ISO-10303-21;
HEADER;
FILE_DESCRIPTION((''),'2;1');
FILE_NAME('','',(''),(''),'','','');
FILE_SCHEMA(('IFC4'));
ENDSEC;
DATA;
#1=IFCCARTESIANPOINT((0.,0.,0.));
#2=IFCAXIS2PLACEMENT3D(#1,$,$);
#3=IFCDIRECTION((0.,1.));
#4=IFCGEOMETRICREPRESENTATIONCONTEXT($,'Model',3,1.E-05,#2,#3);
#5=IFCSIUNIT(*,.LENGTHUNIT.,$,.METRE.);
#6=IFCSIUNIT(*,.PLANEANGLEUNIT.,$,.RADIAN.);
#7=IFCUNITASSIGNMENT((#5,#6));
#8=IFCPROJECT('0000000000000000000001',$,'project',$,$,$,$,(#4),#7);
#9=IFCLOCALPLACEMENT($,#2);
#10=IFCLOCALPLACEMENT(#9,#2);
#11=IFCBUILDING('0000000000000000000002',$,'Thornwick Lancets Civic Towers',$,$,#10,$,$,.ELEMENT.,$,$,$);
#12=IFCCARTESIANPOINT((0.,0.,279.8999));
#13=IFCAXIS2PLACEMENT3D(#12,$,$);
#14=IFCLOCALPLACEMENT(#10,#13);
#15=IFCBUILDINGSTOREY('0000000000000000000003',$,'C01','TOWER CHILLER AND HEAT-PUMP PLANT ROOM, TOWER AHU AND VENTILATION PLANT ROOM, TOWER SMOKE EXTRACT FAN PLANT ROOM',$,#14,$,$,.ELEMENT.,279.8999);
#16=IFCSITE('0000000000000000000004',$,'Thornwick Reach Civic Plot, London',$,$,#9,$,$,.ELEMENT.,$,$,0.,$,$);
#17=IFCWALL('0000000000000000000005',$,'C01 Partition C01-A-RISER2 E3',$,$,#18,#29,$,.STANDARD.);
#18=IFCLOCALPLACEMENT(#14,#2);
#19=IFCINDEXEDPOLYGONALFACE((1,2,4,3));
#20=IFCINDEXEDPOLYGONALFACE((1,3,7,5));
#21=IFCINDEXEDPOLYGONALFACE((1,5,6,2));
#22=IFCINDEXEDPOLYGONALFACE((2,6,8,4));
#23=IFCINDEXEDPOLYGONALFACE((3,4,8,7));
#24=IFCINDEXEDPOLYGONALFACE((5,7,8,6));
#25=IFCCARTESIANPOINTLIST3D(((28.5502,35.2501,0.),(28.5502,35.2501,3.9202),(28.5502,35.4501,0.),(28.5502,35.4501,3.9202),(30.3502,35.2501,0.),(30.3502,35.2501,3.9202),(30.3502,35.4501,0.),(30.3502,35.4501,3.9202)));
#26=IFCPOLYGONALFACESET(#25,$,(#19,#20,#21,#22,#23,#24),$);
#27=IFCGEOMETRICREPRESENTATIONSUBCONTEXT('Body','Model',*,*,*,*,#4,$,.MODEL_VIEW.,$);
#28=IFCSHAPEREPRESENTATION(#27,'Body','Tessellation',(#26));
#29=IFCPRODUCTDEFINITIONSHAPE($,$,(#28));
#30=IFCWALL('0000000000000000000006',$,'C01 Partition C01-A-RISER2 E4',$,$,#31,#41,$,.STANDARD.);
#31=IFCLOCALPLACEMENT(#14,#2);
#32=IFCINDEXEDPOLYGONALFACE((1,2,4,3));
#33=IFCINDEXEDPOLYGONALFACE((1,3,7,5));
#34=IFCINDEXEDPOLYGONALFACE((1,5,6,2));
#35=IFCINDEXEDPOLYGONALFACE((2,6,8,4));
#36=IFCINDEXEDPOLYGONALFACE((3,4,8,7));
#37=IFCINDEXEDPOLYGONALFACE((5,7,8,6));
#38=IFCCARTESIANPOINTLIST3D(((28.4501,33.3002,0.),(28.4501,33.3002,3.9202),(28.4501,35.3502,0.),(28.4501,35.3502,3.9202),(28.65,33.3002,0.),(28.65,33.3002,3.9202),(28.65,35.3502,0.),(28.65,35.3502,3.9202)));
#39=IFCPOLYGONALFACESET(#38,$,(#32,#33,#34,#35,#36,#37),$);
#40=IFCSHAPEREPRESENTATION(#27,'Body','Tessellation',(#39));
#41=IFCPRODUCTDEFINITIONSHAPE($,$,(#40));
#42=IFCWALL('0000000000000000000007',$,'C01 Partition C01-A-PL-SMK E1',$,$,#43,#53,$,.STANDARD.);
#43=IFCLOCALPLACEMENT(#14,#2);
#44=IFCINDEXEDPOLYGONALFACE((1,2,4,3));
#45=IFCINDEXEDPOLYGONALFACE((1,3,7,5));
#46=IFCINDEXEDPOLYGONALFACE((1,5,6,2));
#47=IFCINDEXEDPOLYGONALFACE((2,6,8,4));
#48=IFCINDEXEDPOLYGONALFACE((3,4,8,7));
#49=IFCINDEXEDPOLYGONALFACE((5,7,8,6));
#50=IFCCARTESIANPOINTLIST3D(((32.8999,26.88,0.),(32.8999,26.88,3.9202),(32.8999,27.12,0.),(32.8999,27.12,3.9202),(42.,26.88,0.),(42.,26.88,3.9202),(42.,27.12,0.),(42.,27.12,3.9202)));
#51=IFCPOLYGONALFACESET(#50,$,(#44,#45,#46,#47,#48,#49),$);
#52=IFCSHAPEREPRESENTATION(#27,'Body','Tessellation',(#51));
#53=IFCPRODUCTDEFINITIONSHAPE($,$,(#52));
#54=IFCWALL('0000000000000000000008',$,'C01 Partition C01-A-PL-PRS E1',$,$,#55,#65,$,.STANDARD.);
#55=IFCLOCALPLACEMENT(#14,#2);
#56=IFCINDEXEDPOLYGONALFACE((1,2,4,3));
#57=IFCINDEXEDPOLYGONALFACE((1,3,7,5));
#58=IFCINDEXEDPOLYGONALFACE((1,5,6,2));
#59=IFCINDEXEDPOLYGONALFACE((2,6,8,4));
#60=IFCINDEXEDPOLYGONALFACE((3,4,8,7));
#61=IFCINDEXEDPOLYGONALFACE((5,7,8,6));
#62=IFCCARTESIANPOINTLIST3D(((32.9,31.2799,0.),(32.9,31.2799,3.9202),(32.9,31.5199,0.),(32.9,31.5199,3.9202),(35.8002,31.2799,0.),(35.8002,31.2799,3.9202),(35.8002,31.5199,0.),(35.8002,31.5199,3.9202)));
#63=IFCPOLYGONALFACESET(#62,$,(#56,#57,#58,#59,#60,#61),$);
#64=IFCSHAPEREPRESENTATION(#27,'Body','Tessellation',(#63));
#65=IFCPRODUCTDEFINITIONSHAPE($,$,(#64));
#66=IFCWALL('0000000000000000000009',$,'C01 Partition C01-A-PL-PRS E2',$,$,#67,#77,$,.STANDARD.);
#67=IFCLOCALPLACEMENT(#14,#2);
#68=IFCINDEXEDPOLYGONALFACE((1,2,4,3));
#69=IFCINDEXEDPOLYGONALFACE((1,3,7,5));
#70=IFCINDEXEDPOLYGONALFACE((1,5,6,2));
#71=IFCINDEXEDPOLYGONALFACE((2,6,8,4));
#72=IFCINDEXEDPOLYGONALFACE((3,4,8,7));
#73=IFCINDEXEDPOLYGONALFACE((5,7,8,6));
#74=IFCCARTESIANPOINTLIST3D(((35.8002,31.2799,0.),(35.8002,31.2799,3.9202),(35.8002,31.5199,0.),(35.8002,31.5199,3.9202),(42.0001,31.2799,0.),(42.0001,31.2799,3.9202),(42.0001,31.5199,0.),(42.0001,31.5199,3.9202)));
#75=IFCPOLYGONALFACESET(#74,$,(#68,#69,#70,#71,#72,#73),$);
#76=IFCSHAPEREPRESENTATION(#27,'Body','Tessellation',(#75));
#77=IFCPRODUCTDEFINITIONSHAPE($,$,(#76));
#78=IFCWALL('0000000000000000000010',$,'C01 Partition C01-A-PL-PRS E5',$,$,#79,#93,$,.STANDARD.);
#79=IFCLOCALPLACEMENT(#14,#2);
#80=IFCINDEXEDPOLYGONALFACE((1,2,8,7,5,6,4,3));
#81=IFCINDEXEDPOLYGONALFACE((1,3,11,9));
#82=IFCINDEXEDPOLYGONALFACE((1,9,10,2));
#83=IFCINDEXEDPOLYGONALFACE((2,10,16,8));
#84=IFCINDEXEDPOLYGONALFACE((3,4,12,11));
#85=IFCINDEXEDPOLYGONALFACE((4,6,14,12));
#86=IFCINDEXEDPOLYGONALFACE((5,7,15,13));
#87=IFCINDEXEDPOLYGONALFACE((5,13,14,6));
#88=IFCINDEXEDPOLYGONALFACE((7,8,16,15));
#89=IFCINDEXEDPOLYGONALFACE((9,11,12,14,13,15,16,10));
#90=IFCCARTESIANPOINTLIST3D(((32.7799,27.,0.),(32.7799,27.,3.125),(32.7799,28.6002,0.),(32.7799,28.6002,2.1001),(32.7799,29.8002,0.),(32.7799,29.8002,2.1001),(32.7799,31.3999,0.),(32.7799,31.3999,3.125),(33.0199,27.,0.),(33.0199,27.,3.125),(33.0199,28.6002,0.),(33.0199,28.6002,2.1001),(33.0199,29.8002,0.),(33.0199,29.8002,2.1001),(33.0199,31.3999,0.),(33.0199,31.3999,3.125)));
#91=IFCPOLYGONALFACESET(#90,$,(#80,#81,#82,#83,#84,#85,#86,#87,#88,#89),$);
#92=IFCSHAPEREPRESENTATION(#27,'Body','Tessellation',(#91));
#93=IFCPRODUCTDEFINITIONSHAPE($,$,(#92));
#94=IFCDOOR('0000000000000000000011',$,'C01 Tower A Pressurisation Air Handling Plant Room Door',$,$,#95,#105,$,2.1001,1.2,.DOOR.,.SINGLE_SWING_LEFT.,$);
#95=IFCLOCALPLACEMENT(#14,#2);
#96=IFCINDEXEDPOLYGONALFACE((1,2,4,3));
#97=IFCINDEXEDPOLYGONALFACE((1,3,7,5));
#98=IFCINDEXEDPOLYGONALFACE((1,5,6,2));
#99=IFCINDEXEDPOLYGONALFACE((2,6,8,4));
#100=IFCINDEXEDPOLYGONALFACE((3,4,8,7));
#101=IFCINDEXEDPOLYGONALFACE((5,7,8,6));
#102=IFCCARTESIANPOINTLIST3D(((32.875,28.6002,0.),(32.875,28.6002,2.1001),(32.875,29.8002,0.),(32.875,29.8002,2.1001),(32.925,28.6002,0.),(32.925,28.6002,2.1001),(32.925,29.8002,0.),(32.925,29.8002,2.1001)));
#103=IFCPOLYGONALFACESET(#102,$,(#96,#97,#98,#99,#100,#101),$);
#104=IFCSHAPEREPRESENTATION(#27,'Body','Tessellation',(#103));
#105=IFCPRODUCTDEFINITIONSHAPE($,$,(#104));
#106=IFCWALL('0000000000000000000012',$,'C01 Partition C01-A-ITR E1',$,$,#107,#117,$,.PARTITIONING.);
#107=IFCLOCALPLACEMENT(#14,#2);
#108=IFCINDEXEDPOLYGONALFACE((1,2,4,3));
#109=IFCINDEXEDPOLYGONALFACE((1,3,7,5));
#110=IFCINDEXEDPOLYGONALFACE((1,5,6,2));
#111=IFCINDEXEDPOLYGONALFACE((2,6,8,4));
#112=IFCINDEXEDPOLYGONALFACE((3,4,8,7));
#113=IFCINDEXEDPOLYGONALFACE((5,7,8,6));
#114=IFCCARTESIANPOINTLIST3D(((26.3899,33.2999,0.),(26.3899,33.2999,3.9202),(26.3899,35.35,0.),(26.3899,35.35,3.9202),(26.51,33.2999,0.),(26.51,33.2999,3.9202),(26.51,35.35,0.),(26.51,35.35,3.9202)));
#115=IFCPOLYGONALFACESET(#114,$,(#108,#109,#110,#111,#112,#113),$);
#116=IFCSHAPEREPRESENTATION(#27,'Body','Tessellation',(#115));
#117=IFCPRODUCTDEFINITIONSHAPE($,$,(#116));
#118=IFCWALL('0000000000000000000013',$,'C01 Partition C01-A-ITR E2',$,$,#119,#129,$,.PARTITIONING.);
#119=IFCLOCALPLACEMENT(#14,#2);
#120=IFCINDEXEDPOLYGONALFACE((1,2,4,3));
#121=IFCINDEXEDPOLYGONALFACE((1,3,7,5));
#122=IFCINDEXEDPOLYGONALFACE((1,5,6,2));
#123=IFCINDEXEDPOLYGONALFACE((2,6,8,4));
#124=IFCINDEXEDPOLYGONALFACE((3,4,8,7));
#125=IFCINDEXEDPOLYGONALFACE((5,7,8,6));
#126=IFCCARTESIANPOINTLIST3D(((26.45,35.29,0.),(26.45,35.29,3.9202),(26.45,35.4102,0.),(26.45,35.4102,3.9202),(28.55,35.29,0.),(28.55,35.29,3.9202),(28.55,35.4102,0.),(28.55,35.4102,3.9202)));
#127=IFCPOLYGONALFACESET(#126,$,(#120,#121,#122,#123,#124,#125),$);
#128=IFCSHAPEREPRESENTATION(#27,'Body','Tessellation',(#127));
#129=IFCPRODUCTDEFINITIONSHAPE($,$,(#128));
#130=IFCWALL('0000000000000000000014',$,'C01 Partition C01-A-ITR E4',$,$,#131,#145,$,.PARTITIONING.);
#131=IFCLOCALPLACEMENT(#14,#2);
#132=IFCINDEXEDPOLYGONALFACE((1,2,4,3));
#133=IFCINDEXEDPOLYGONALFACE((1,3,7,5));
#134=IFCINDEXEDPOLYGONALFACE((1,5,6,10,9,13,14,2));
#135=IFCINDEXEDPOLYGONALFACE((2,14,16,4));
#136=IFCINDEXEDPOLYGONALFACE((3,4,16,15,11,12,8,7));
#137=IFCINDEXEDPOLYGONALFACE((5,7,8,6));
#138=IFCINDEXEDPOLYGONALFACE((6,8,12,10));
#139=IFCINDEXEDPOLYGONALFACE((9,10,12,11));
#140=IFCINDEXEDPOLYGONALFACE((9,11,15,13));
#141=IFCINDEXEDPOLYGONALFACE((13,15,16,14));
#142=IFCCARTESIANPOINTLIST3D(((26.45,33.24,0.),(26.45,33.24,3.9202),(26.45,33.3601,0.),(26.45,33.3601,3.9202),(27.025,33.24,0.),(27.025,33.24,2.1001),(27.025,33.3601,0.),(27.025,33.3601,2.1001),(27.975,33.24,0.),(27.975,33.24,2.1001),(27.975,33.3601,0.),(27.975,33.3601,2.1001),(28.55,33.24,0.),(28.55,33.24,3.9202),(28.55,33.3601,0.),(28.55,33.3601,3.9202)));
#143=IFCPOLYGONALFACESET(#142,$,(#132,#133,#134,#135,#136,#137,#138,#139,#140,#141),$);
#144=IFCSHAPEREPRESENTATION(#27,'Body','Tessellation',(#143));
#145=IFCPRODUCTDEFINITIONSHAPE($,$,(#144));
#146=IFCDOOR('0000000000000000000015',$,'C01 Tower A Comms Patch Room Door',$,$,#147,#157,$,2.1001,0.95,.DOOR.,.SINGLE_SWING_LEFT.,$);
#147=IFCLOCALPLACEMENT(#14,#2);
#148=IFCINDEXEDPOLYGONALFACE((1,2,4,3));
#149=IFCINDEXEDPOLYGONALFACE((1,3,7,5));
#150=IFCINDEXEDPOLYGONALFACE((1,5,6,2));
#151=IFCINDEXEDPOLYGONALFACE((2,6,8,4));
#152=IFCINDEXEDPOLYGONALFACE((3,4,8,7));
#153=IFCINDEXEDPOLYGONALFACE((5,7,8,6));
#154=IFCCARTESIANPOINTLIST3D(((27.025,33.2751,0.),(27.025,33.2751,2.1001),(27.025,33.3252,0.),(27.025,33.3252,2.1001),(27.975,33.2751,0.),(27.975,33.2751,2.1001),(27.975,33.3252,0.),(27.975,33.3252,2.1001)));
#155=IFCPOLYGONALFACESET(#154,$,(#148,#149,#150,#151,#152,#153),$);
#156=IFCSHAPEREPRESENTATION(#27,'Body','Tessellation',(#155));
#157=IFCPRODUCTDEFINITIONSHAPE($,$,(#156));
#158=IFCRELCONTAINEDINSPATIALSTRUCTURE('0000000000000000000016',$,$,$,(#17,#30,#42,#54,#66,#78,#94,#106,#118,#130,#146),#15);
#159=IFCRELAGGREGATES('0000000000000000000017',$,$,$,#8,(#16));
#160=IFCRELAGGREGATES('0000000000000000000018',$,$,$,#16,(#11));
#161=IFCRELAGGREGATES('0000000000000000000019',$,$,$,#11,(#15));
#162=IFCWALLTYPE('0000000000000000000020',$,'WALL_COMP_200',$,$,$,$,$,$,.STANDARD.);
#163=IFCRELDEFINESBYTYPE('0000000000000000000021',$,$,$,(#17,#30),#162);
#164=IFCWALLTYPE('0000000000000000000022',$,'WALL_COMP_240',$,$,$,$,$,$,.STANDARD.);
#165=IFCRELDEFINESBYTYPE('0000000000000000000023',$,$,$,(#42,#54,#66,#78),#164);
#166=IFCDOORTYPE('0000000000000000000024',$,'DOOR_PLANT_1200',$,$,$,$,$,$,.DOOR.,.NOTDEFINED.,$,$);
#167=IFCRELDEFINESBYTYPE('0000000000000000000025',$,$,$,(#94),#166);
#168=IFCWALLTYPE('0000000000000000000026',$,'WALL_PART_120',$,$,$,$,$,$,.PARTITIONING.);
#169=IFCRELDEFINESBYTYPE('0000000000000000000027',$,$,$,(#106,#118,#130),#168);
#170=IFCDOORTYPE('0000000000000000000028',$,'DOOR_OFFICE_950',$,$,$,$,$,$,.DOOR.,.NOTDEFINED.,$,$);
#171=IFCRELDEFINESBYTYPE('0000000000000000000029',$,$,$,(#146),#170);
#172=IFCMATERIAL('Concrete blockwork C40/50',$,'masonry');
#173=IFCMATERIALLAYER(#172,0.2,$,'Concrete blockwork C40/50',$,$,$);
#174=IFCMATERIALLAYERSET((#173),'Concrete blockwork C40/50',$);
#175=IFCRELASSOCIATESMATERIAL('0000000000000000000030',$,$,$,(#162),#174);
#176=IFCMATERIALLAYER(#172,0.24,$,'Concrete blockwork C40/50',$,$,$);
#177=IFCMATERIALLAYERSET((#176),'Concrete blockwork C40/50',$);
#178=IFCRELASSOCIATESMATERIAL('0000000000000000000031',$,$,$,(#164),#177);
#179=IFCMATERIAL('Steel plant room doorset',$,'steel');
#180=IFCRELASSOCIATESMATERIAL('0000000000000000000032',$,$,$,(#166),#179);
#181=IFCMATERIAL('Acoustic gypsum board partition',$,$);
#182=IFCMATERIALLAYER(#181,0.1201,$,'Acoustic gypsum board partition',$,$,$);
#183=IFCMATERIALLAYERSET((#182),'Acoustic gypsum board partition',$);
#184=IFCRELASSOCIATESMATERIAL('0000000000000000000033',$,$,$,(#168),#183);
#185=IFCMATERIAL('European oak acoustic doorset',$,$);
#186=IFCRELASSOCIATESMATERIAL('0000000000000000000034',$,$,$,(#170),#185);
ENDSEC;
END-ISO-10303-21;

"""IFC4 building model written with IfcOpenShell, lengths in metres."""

from ifc_helpers import new_model, si_unit, direction, frame, frame_2d, origin, place, context, subcontext, project, spatial, rectangle, extrude, material, layer, layer_set, type_object, element, fill, save


model = new_model("IFC4")

# Units and contexts
model_context = context("Model", 3, precision=1e-05, world=origin(), true_north=direction((0.0, 1.0)))
body_context = subcontext(model_context, "Body", "Model", "MODEL_VIEW")
ifc_project = project(units=[si_unit("LENGTHUNIT", "METRE"), si_unit("PLANEANGLEUNIT", "RADIAN")], contexts=[model_context])

# Site, building, storey
site_placement = place(None, origin())
site = spatial("IfcSite", under=ifc_project, at=site_placement, Name="Thornwick Reach Civic Plot, London", CompositionType="ELEMENT", RefElevation=0.0)
building_placement = place(site_placement, origin())
building = spatial("IfcBuilding", under=site, at=building_placement, Name="Thornwick Lancets Civic Towers", CompositionType="ELEMENT")
storey_placement = place(building_placement, frame((0.0, 0.0, 279.8999)))
storey = spatial("IfcBuildingStorey", under=building, at=storey_placement, Name="C01", Description="TOWER CHILLER AND HEAT-PUMP PLANT ROOM, TOWER AHU AND VENTILATION PLANT ROOM, TOWER SMOKE EXTRACT FAN PLANT ROOM", CompositionType="ELEMENT", Elevation=279.8999)

# Shared definitions
ifc_material_1 = material(Name="Concrete blockwork C40/50", Category="masonry")
ifc_layer_1 = layer(ifc_material_1, 0.2, Name="Concrete blockwork C40/50")
ifc_layer_set_1 = layer_set([ifc_layer_1], Name="Concrete blockwork C40/50")
wall_type_1 = type_object("IfcWallType", Name="WALL_COMP_200", PredefinedType="STANDARD", material=ifc_layer_set_1)

# Walls
wall_1_placement = place(storey_placement, frame((30.3501, 35.3501, 0.0), z_axis=(0.0, 0.0, 1.0), x_axis=(-1.0, 0.0, 0.0)))
element("IfcWall", 1, at=wall_1_placement, inside=storey, type_object=wall_type_1, Name="C01 Partition C01-A-RISER2 E3", PredefinedType="STANDARD", context=body_context, shape_type="SweptSolid", body=[
    extrude(rectangle(XDim=1.8, YDim=0.2, at=frame_2d((0.8999, 0.0))), origin(), (0.0, 0.0, 1.0), 3.9202),
])
wall_2_placement = place(storey_placement, frame((28.55, 35.3501, 0.0), z_axis=(0.0, 0.0, 1.0), x_axis=(0.0, -1.0, 0.0)))
element("IfcWall", 2, at=wall_2_placement, inside=storey, type_object=wall_type_1, Name="C01 Partition C01-A-RISER2 E4", PredefinedType="STANDARD", context=body_context, shape_type="SweptSolid", body=[
    extrude(rectangle(XDim=2.05, YDim=0.2, at=frame_2d((1.0249, 0.0))), origin(), (0.0, 0.0, 1.0), 3.9202),
])
ifc_layer_2 = layer(ifc_material_1, 0.24, Name="Concrete blockwork C40/50")
ifc_layer_set_2 = layer_set([ifc_layer_2], Name="Concrete blockwork C40/50")
wall_type_2 = type_object("IfcWallType", Name="WALL_COMP_240", PredefinedType="STANDARD", material=ifc_layer_set_2)
wall_3_placement = place(storey_placement, frame((32.8999, 27.0, 0.0), z_axis=(0.0, 0.0, 1.0), x_axis=(1.0, 0.0, 0.0)))
element("IfcWall", 3, at=wall_3_placement, inside=storey, type_object=wall_type_2, Name="C01 Partition C01-A-PL-SMK E1", PredefinedType="STANDARD", context=body_context, shape_type="SweptSolid", body=[
    extrude(rectangle(XDim=9.1001, YDim=0.24, at=frame_2d((4.55, 0.0))), origin(), (0.0, 0.0, 1.0), 3.9202),
])
wall_4_placement = place(storey_placement, frame((32.8999, 31.3999, 0.0), z_axis=(0.0, 0.0, 1.0), x_axis=(1.0, 0.0, 0.0)))
element("IfcWall", 4, at=wall_4_placement, inside=storey, type_object=wall_type_2, Name="C01 Partition C01-A-PL-PRS E1", PredefinedType="STANDARD", context=body_context, shape_type="SweptSolid", body=[
    extrude(rectangle(XDim=2.9001, YDim=0.24, at=frame_2d((1.4502, 0.0))), origin(), (0.0, 0.0, 1.0), 3.9202),
])
wall_5_placement = place(storey_placement, frame((35.8, 31.3999, 0.0), z_axis=(0.0, 0.0, 1.0), x_axis=(1.0, 0.0, 0.0)))
element("IfcWall", 5, at=wall_5_placement, inside=storey, type_object=wall_type_2, Name="C01 Partition C01-A-PL-PRS E2", PredefinedType="STANDARD", context=body_context, shape_type="SweptSolid", body=[
    extrude(rectangle(XDim=6.2, YDim=0.24, at=frame_2d((3.1001, 0.0))), origin(), (0.0, 0.0, 1.0), 3.9202),
])

# Wall, opening, door
wall_6_placement = place(storey_placement, frame((32.8999, 27.0, 0.0), z_axis=(0.0, 0.0, 1.0), x_axis=(0.0, 1.0, 0.0)))
wall_6 = element("IfcWall", 6, at=wall_6_placement, inside=storey, type_object=wall_type_2, Name="C01 Partition C01-A-PL-PRS E5", PredefinedType="STANDARD", context=body_context, shape_type="SweptSolid", body=[
    extrude(rectangle(XDim=4.3999, YDim=0.24, at=frame_2d((2.2, 0.0))), origin(), (0.0, 0.0, 1.0), 3.125),
])
opening_1_placement = place(wall_6_placement, frame((1.6001, 0.0, 0.0)))
opening_1 = element("IfcOpeningElement", 7, at=opening_1_placement, cuts=wall_6, PredefinedType="OPENING", context=body_context, shape_type="SweptSolid", body=[
    extrude(rectangle(XDim=1.2, YDim=2.1001, at=frame_2d((0.6001, 1.05))), frame((0.0, 0.1299, 0.0), z_axis=(0.0, -1.0, 0.0), x_axis=(1.0, 0.0, 0.0)), (0.0, 0.0, 1.0), 0.26),
])
ifc_material_2 = material(Name="Steel plant room doorset", Category="steel")
door_type_1 = type_object("IfcDoorType", Name="DOOR_PLANT_1200", OperationType="NOTDEFINED", PredefinedType="DOOR", material=ifc_material_2)
door_1_placement = place(opening_1_placement, origin())
door_1 = element("IfcDoor", 8, at=door_1_placement, inside=storey, type_object=door_type_1, Name="C01 Tower A Pressurisation Air Handling Plant Room Door", OperationType="SINGLE_SWING_LEFT", OverallHeight=2.1001, OverallWidth=1.2, PredefinedType="DOOR", context=body_context, shape_type="SweptSolid", body=[
    extrude(rectangle(XDim=1.2, YDim=2.1001, at=frame_2d((0.6001, 1.05))), frame((0.0, 0.0249, 0.0), z_axis=(0.0, -1.0, 0.0), x_axis=(1.0, 0.0, 0.0)), (0.0, 0.0, 1.0), 0.05),
])
fill(opening_1, door_1)

# Walls
ifc_material_3 = material(Name="Acoustic gypsum board partition")
ifc_layer_3 = layer(ifc_material_3, 0.1201, Name="Acoustic gypsum board partition")
ifc_layer_set_3 = layer_set([ifc_layer_3], Name="Acoustic gypsum board partition")
wall_type_3 = type_object("IfcWallType", Name="WALL_PART_120", PredefinedType="PARTITIONING", material=ifc_layer_set_3)
wall_7_placement = place(storey_placement, frame((26.45, 33.3, 0.0), z_axis=(0.0, 0.0, 1.0), x_axis=(0.0, 1.0, 0.0)))
element("IfcWall", 9, at=wall_7_placement, inside=storey, type_object=wall_type_3, Name="C01 Partition C01-A-ITR E1", PredefinedType="PARTITIONING", context=body_context, shape_type="SweptSolid", body=[
    extrude(rectangle(XDim=2.05, YDim=0.1201, at=frame_2d((1.0249, 0.0))), origin(), (0.0, 0.0, 1.0), 3.9202),
])
wall_8_placement = place(storey_placement, frame((26.45, 35.3501, 0.0), z_axis=(0.0, 0.0, 1.0), x_axis=(1.0, 0.0, 0.0)))
element("IfcWall", 10, at=wall_8_placement, inside=storey, type_object=wall_type_3, Name="C01 Partition C01-A-ITR E2", PredefinedType="PARTITIONING", context=body_context, shape_type="SweptSolid", body=[
    extrude(rectangle(XDim=2.1001, YDim=0.1201, at=frame_2d((1.05, 0.0))), origin(), (0.0, 0.0, 1.0), 3.9202),
])

# Wall, opening, door
wall_9_placement = place(storey_placement, frame((28.55, 33.3, 0.0), z_axis=(0.0, 0.0, 1.0), x_axis=(-1.0, 0.0, 0.0)))
wall_9 = element("IfcWall", 11, at=wall_9_placement, inside=storey, type_object=wall_type_3, Name="C01 Partition C01-A-ITR E4", PredefinedType="PARTITIONING", context=body_context, shape_type="SweptSolid", body=[
    extrude(rectangle(XDim=2.1001, YDim=0.1201, at=frame_2d((1.05, 0.0))), origin(), (0.0, 0.0, 1.0), 3.9202),
])
opening_2_placement = place(wall_9_placement, frame((0.575, 0.0, 0.0)))
opening_2 = element("IfcOpeningElement", 12, at=opening_2_placement, cuts=wall_9, PredefinedType="OPENING", context=body_context, shape_type="SweptSolid", body=[
    extrude(rectangle(XDim=0.95, YDim=2.1001, at=frame_2d((0.4751, 1.05))), frame((0.0, 0.0701, 0.0), z_axis=(0.0, -1.0, 0.0), x_axis=(1.0, 0.0, 0.0)), (0.0, 0.0, 1.0), 0.1401),
])
ifc_material_4 = material(Name="European oak acoustic doorset")
door_type_2 = type_object("IfcDoorType", Name="DOOR_OFFICE_950", OperationType="NOTDEFINED", PredefinedType="DOOR", material=ifc_material_4)
door_2_placement = place(opening_2_placement, origin())
door_2 = element("IfcDoor", 13, at=door_2_placement, inside=storey, type_object=door_type_2, Name="C01 Tower A Comms Patch Room Door", OperationType="SINGLE_SWING_LEFT", OverallHeight=2.1001, OverallWidth=0.95, PredefinedType="DOOR", context=body_context, shape_type="SweptSolid", body=[
    extrude(rectangle(XDim=0.95, YDim=2.1001, at=frame_2d((0.4751, 1.05))), frame((0.0, 0.0249, 0.0), z_axis=(0.0, -1.0, 0.0), x_axis=(1.0, 0.0, 0.0)), (0.0, 0.0, 1.0), 0.05),
])
fill(opening_2, door_2)

save(model, "model.ifc")
